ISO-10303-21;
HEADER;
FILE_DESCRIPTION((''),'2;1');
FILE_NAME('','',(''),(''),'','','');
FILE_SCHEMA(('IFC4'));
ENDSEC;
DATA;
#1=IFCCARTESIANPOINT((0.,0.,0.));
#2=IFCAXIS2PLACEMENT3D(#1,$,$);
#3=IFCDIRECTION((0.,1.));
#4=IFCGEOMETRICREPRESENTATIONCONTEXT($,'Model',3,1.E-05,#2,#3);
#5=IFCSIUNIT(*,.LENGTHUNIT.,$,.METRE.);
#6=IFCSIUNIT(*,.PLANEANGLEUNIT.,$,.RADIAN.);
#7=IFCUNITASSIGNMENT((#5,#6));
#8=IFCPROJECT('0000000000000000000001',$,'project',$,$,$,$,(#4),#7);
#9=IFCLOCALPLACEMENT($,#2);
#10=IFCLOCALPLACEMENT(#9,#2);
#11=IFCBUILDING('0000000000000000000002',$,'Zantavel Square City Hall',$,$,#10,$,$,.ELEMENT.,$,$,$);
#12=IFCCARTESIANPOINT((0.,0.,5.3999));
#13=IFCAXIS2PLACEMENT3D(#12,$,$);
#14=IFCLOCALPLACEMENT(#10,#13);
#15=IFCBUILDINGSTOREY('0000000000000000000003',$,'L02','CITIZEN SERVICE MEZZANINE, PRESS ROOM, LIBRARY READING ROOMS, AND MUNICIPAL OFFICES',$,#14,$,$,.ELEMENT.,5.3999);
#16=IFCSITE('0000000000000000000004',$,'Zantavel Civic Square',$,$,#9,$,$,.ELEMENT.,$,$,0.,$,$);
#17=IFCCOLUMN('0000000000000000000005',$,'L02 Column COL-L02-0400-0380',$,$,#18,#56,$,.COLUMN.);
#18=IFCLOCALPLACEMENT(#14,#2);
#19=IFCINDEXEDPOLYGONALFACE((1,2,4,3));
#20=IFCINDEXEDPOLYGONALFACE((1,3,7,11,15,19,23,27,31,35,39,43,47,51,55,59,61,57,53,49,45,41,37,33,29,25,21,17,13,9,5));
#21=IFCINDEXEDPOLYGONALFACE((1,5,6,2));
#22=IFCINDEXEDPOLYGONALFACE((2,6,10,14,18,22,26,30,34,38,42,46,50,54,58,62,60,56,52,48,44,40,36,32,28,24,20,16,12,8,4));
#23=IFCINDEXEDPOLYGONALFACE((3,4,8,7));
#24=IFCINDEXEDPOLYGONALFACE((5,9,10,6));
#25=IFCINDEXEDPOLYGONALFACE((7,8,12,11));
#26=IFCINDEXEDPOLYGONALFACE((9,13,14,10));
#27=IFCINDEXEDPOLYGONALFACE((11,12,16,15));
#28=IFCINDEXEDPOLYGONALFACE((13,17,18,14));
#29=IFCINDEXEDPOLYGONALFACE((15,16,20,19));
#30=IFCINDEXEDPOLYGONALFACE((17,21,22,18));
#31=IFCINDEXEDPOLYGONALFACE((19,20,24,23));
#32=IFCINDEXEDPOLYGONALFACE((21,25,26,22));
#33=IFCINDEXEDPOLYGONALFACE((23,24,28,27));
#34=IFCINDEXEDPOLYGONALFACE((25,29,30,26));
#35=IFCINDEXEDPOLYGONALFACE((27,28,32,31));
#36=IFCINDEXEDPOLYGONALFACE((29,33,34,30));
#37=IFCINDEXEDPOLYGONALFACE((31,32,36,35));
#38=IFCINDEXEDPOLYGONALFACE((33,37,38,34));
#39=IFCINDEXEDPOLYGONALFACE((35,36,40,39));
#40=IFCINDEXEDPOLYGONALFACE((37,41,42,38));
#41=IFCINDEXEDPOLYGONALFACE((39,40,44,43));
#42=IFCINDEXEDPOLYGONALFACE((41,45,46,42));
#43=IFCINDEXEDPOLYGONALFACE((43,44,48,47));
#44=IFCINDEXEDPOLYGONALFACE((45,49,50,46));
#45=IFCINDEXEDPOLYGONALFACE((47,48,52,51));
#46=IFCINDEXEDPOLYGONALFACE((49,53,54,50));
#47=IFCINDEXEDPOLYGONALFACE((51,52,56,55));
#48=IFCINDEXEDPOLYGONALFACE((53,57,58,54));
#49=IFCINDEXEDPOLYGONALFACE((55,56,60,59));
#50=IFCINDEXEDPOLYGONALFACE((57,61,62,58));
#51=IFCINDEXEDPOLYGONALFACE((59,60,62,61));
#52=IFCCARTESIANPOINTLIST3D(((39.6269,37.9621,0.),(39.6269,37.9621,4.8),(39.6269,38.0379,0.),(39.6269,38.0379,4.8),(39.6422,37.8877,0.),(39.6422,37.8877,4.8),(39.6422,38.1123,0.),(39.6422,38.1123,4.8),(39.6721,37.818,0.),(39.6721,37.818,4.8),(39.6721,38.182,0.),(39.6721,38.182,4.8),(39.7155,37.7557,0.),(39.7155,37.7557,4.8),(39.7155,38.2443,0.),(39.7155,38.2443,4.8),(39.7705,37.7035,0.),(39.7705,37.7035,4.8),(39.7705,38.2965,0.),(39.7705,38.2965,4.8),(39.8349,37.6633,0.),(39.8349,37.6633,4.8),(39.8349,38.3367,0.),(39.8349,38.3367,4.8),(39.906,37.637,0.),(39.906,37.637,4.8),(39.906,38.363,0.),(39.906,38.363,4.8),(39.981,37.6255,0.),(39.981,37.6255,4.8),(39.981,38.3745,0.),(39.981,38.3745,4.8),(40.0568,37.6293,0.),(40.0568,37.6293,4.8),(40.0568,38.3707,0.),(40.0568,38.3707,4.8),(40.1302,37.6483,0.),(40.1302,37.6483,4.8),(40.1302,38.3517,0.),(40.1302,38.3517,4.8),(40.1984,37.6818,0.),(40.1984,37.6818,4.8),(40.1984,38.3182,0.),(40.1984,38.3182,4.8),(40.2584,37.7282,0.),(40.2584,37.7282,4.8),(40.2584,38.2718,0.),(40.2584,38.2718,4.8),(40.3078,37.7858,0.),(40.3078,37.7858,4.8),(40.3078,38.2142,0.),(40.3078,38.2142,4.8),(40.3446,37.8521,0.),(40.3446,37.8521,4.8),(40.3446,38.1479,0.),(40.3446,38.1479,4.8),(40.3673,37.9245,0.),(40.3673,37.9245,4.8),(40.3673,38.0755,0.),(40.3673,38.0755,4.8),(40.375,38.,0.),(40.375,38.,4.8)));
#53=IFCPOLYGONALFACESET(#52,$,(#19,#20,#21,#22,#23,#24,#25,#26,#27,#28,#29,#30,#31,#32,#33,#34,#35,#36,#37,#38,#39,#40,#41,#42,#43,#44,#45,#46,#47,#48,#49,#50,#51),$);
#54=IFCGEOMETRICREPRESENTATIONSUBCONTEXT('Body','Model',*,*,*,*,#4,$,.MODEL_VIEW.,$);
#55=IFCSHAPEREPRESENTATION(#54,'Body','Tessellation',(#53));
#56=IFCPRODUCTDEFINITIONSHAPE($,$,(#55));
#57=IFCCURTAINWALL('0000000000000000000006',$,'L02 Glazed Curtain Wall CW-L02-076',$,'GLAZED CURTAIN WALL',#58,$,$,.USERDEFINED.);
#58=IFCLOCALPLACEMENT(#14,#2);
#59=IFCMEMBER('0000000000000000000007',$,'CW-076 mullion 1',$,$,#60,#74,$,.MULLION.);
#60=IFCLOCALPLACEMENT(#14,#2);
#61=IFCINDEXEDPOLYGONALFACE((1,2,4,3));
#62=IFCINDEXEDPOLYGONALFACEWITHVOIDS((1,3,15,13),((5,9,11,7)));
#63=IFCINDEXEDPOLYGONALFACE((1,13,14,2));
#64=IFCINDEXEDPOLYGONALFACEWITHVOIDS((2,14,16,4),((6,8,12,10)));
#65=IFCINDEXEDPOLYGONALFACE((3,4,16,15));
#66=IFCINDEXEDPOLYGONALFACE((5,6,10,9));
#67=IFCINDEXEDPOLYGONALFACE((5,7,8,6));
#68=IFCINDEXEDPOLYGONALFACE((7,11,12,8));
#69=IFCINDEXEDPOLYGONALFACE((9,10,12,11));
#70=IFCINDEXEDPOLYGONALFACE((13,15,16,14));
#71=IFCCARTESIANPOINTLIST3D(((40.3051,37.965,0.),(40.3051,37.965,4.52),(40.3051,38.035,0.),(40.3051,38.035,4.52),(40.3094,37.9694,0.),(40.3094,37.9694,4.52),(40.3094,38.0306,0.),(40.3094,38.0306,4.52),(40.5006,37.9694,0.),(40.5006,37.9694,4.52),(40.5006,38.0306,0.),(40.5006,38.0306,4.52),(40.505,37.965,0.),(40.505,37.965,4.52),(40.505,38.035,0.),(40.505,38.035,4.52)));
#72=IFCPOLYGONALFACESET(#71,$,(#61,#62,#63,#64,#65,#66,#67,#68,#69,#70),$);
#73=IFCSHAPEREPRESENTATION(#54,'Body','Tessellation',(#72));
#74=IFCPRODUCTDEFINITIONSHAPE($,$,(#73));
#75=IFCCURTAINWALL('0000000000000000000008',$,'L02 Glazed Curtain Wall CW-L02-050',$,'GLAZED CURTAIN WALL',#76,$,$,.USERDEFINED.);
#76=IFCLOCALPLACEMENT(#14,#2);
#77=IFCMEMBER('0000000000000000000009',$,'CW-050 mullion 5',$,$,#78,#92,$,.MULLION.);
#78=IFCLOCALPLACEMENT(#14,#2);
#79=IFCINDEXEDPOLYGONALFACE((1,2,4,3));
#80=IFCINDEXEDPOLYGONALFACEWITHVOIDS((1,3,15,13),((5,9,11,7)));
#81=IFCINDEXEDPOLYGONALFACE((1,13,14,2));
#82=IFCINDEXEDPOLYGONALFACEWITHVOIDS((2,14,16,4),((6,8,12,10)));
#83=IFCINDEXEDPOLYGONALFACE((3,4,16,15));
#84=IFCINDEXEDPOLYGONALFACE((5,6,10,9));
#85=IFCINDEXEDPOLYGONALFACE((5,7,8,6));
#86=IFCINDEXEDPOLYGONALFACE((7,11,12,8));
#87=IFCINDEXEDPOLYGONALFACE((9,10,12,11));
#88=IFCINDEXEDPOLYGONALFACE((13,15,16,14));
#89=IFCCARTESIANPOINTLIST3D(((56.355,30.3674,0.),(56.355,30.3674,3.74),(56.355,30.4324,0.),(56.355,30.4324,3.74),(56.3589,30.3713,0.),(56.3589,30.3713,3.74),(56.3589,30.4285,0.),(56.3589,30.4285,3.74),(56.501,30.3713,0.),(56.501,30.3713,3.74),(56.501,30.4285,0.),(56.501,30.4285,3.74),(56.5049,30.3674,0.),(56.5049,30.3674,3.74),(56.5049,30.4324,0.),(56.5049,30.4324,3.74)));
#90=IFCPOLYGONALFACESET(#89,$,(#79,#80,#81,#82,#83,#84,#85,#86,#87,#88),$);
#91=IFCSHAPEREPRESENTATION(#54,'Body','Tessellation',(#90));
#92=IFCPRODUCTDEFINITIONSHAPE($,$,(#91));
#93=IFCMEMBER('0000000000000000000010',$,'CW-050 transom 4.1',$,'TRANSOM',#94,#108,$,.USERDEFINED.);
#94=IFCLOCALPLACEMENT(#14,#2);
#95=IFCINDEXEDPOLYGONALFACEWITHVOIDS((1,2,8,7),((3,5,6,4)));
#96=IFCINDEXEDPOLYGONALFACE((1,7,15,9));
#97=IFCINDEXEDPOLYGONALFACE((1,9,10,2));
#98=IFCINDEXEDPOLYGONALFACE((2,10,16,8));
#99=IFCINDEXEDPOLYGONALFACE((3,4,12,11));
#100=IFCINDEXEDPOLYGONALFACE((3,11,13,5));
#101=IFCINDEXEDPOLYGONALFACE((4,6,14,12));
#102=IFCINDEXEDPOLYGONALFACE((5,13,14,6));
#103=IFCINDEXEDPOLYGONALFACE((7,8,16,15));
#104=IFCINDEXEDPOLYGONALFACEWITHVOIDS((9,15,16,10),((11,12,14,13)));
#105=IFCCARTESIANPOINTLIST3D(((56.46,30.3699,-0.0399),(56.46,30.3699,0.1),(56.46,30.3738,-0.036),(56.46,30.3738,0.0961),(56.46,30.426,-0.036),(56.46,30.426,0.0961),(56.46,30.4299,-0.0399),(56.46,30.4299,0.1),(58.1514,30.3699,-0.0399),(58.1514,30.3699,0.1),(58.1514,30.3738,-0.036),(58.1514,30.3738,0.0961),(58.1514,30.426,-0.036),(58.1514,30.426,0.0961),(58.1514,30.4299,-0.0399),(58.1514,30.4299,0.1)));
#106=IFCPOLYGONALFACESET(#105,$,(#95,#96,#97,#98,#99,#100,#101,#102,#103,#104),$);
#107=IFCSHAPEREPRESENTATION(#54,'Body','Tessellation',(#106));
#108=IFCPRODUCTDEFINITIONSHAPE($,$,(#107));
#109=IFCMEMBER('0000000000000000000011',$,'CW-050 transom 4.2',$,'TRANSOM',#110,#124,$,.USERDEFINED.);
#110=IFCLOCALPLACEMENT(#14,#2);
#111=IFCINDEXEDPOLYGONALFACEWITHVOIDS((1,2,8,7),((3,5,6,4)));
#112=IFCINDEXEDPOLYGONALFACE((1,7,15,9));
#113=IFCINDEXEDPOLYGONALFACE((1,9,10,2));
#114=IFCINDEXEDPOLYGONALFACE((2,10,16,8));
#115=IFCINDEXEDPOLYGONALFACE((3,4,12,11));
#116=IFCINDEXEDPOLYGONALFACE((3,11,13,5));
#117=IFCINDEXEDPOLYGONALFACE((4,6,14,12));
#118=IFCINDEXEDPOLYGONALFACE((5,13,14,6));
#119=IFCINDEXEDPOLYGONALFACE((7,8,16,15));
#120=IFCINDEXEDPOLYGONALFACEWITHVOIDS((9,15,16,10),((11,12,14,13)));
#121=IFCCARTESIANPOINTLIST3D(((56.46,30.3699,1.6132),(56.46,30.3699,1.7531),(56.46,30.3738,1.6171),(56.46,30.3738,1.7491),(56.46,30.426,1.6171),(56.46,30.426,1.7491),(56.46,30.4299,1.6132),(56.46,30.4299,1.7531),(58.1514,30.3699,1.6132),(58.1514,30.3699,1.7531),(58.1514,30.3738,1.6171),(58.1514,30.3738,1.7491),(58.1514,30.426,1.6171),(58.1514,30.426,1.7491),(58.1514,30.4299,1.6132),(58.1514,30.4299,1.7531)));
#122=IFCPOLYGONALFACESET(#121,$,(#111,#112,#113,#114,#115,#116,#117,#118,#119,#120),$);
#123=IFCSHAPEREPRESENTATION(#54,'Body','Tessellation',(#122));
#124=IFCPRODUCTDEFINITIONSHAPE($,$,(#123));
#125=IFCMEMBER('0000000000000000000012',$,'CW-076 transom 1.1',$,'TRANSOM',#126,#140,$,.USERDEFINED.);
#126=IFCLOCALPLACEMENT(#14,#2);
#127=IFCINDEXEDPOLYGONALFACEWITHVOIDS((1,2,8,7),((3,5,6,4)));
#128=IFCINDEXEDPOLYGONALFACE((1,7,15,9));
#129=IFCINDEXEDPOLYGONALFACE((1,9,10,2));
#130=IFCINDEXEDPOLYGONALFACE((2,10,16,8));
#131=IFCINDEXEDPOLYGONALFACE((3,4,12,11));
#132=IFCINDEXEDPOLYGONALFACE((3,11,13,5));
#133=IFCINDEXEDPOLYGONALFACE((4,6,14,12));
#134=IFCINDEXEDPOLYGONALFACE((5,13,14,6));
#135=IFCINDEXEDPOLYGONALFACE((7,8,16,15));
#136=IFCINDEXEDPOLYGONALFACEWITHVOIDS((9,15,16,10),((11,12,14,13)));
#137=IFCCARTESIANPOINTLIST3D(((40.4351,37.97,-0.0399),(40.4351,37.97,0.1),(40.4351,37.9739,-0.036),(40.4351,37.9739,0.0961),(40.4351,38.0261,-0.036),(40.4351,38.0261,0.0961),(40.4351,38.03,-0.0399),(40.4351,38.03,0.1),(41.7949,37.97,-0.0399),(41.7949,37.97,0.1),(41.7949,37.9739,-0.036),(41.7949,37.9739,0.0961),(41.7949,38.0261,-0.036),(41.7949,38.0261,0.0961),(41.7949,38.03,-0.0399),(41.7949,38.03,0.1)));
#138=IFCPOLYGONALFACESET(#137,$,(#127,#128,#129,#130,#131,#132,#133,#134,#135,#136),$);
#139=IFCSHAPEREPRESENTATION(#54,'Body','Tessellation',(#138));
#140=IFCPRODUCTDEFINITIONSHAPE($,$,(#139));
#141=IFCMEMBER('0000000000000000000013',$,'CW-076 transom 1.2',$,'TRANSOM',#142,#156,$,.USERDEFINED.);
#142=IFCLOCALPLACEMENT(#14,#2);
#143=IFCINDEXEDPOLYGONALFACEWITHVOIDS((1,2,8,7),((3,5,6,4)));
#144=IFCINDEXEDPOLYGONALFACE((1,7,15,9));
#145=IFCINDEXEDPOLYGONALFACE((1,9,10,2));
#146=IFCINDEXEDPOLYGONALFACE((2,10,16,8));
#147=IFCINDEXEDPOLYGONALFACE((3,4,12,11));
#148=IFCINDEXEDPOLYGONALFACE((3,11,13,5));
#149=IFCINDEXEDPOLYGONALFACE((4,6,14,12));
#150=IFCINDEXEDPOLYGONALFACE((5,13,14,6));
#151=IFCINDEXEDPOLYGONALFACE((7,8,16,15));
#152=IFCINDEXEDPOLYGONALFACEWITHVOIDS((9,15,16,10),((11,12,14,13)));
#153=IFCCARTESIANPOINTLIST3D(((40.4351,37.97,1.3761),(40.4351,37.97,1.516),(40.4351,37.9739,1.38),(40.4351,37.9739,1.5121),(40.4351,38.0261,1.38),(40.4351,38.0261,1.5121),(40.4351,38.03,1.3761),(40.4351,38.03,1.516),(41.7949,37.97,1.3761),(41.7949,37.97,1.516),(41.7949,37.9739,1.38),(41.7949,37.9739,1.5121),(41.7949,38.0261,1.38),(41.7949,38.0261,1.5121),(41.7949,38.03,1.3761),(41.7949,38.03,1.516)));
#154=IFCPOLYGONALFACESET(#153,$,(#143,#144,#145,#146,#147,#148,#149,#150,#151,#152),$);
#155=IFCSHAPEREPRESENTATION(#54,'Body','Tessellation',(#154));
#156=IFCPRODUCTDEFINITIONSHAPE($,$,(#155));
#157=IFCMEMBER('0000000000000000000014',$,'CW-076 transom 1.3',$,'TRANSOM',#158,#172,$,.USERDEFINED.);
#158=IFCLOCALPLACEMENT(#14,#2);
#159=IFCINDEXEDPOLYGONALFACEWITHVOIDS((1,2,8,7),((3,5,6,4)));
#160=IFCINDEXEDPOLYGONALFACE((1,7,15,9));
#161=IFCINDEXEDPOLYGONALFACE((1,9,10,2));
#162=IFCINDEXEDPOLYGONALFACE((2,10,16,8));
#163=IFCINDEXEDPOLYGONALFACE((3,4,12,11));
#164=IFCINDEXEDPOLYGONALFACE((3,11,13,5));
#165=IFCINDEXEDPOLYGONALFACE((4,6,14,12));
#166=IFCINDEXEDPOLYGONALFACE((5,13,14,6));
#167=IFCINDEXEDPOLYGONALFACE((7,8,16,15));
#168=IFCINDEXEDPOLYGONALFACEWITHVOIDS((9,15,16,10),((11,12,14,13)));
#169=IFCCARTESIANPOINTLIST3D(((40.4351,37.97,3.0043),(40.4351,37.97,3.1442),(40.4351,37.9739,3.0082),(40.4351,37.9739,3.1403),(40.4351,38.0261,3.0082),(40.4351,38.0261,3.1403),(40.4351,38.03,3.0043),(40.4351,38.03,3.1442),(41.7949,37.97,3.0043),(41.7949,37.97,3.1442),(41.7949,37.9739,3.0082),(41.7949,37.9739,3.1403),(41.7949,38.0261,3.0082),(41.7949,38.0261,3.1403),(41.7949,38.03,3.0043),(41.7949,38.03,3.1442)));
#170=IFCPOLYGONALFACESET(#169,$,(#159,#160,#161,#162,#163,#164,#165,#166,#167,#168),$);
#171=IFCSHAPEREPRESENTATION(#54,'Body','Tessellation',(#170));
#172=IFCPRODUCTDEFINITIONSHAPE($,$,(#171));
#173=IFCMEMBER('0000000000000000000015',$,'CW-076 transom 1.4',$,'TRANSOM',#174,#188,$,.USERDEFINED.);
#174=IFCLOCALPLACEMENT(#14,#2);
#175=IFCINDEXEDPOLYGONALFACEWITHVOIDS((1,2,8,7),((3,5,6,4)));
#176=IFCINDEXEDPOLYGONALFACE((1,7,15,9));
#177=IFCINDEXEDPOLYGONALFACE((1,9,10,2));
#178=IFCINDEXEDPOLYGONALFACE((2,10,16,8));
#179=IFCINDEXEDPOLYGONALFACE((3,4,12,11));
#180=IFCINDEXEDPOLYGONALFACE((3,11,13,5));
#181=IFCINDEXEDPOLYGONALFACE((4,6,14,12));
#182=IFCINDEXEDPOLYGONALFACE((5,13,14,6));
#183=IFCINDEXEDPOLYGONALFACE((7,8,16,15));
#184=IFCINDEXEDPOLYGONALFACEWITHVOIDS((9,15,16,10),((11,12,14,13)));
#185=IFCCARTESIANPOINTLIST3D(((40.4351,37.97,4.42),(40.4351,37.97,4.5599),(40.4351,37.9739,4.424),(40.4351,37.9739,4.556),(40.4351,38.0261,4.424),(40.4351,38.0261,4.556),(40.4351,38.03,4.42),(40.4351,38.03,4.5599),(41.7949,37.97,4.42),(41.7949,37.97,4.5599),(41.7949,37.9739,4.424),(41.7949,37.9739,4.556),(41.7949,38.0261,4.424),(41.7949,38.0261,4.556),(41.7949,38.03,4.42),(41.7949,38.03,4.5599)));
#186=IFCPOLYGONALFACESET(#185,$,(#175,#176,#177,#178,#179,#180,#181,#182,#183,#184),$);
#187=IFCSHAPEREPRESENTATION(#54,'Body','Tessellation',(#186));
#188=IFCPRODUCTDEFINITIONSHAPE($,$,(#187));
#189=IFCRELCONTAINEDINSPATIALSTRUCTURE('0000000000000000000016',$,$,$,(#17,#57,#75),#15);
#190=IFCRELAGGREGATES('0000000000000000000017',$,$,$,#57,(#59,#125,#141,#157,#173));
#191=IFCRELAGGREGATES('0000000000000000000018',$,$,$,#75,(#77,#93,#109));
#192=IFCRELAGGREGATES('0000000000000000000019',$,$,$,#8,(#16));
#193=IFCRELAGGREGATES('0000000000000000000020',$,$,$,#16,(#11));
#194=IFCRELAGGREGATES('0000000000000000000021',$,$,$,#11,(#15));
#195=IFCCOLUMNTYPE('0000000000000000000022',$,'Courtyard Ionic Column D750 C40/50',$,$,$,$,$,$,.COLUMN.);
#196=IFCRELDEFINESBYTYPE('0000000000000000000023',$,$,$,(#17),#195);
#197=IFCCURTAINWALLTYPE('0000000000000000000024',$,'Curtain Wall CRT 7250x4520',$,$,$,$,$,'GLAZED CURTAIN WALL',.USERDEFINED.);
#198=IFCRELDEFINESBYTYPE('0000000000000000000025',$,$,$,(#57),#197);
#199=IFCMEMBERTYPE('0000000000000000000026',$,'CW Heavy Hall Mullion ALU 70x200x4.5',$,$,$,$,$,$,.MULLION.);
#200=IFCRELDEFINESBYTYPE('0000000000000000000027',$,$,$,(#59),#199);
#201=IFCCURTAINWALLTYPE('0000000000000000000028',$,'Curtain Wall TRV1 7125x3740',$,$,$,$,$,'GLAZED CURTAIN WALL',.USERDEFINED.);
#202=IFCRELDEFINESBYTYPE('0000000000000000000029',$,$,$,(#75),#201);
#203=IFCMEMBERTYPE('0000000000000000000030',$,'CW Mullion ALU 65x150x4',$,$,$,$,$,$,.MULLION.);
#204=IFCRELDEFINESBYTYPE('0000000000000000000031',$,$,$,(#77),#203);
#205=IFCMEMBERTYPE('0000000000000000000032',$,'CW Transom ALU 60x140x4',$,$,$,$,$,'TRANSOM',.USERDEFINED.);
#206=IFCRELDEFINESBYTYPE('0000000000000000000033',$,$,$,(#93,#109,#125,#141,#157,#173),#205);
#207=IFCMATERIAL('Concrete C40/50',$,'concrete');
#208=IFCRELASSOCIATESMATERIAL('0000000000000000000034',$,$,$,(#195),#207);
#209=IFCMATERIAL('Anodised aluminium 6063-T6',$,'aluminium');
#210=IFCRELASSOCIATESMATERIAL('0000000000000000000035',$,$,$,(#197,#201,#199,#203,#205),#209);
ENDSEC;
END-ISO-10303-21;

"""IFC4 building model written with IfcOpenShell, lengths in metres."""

from ifc_helpers import new_model, si_unit, direction, frame, origin, origin_2d, place, context, subcontext, project, spatial, hollow_rectangle, circle, extrude, material, material_profile, profile_set, type_object, element, aggregate, save


model = new_model("IFC4")

# Units and contexts
model_context = context("Model", 3, precision=1e-05, world=origin(), true_north=direction((0.0, 1.0)))
body_context = subcontext(model_context, "Body", "Model", "MODEL_VIEW")
ifc_project = project(units=[si_unit("LENGTHUNIT", "METRE"), si_unit("PLANEANGLEUNIT", "RADIAN")], contexts=[model_context])

# Site, building, storey
site_placement = place(None, origin())
site = spatial("IfcSite", under=ifc_project, at=site_placement, Name="Zantavel Civic Square", CompositionType="ELEMENT", RefElevation=0.0)
building_placement = place(site_placement, origin())
building = spatial("IfcBuilding", under=site, at=building_placement, Name="Zantavel Square City Hall", CompositionType="ELEMENT")
storey_placement = place(building_placement, frame((0.0, 0.0, 5.3999)))
storey = spatial("IfcBuildingStorey", under=building, at=storey_placement, Name="L02", Description="CITIZEN SERVICE MEZZANINE, PRESS ROOM, LIBRARY READING ROOMS, AND MUNICIPAL OFFICES", CompositionType="ELEMENT", Elevation=5.3999)

# Column
ifc_material_1 = material(Name="Concrete C40/50", Category="concrete")
ifc_material_profile_1 = material_profile(ifc_material_1, circle(Radius=0.375, at=origin_2d()), Name="ROUND D750")
ifc_profile_set_1 = profile_set([ifc_material_profile_1], Name="Concrete C40/50")
column_type = type_object("IfcColumnType", Name="Courtyard Ionic Column D750 C40/50", PredefinedType="COLUMN", material=ifc_profile_set_1)
column_placement = place(storey_placement, frame((40.0, 38.0, 0.0), z_axis=(0.0, 0.0, 1.0), x_axis=(1.0, 0.0, 0.0)))
element("IfcColumn", 1, at=column_placement, inside=storey, type_object=column_type, Name="L02 Column COL-L02-0400-0380", PredefinedType="COLUMN", context=body_context, shape_type="SweptSolid", body=[
    extrude(circle(Radius=0.375, at=origin_2d()), origin(), (0.0, 0.0, 1.0), 4.8),
])

# Curtain wall, member
ifc_material_2 = material(Name="Anodised aluminium 6063-T6", Category="aluminium")
curtain_wall_type_1 = type_object("IfcCurtainWallType", Name="Curtain Wall CRT 7250x4520", ElementType="GLAZED CURTAIN WALL", PredefinedType="USERDEFINED", material=ifc_material_2)
curtain_wall_1_placement = place(storey_placement, origin())
curtain_wall_1 = element("IfcCurtainWall", 2, at=curtain_wall_1_placement, inside=storey, type_object=curtain_wall_type_1, Name="L02 Glazed Curtain Wall CW-L02-076", ObjectType="GLAZED CURTAIN WALL", PredefinedType="USERDEFINED")
ifc_material_profile_2 = material_profile(ifc_material_2, hollow_rectangle(XDim=0.0701, YDim=0.2, WallThickness=0.0044, at=origin_2d()), Name="ALU 70x200x4.5")
ifc_profile_set_2 = profile_set([ifc_material_profile_2], Name="Anodised aluminium 6063-T6")
member_type_1 = type_object("IfcMemberType", Name="CW Heavy Hall Mullion ALU 70x200x4.5", PredefinedType="MULLION", material=ifc_profile_set_2)
member_1_placement = place(storey_placement, frame((40.405, 38.0, 0.0), z_axis=(0.0, 0.0, 1.0), x_axis=(0.0, 1.0, 0.0)))
member_1 = element("IfcMember", 3, at=member_1_placement, type_object=member_type_1, Name="CW-076 mullion 1", PredefinedType="MULLION", context=body_context, shape_type="SweptSolid", body=[
    extrude(hollow_rectangle(XDim=0.0701, YDim=0.2, WallThickness=0.0044, at=origin_2d()), origin(), (0.0, 0.0, 1.0), 4.52),
])

# Curtain wall, members
curtain_wall_type_2 = type_object("IfcCurtainWallType", Name="Curtain Wall TRV1 7125x3740", ElementType="GLAZED CURTAIN WALL", PredefinedType="USERDEFINED", material=ifc_material_2)
curtain_wall_2_placement = place(storey_placement, origin())
curtain_wall_2 = element("IfcCurtainWall", 4, at=curtain_wall_2_placement, inside=storey, type_object=curtain_wall_type_2, Name="L02 Glazed Curtain Wall CW-L02-050", ObjectType="GLAZED CURTAIN WALL", PredefinedType="USERDEFINED")
ifc_material_profile_3 = material_profile(ifc_material_2, hollow_rectangle(XDim=0.0649, YDim=0.1499, WallThickness=0.0039, at=origin_2d()), Name="ALU 65x150x4")
ifc_profile_set_3 = profile_set([ifc_material_profile_3], Name="Anodised aluminium 6063-T6")
member_type_2 = type_object("IfcMemberType", Name="CW Mullion ALU 65x150x4", PredefinedType="MULLION", material=ifc_profile_set_3)
member_2_placement = place(storey_placement, frame((56.4299, 30.3999, 0.0), z_axis=(0.0, 0.0, 1.0), x_axis=(0.0, -1.0, 0.0)))
member_2 = element("IfcMember", 5, at=member_2_placement, type_object=member_type_2, Name="CW-050 mullion 5", PredefinedType="MULLION", context=body_context, shape_type="SweptSolid", body=[
    extrude(hollow_rectangle(XDim=0.0649, YDim=0.1499, WallThickness=0.0039, at=origin_2d()), origin(), (0.0, 0.0, 1.0), 3.74),
])
ifc_material_profile_4 = material_profile(ifc_material_2, hollow_rectangle(XDim=0.0601, YDim=0.1399, WallThickness=0.0039, at=origin_2d()), Name="ALU 60x140x4")
ifc_profile_set_4 = profile_set([ifc_material_profile_4], Name="Anodised aluminium 6063-T6")
member_type_3 = type_object("IfcMemberType", Name="CW Transom ALU 60x140x4", ElementType="TRANSOM", PredefinedType="USERDEFINED", material=ifc_profile_set_4)
member_3_placement = place(storey_placement, frame((58.1514, 30.3999, 0.03), z_axis=(-1.0, 0.0, 0.0), x_axis=(0.0, -1.0, 0.0)))
member_3 = element("IfcMember", 6, at=member_3_placement, type_object=member_type_3, Name="CW-050 transom 4.1", ObjectType="TRANSOM", PredefinedType="USERDEFINED", context=body_context, shape_type="SweptSolid", body=[
    extrude(hollow_rectangle(XDim=0.0601, YDim=0.1399, WallThickness=0.0039, at=origin_2d()), origin(), (0.0, 0.0, 1.0), 1.6914),
])
member_4_placement = place(storey_placement, frame((58.1514, 30.3999, 1.6831), z_axis=(-1.0, 0.0, 0.0), x_axis=(0.0, -1.0, 0.0)))
member_4 = element("IfcMember", 7, at=member_4_placement, type_object=member_type_3, Name="CW-050 transom 4.2", ObjectType="TRANSOM", PredefinedType="USERDEFINED", context=body_context, shape_type="SweptSolid", body=[
    extrude(hollow_rectangle(XDim=0.0601, YDim=0.1399, WallThickness=0.0039, at=origin_2d()), origin(), (0.0, 0.0, 1.0), 1.6914),
])

# Members
member_5_placement = place(storey_placement, frame((40.4351, 38.0, 0.03), z_axis=(1.0, 0.0, 0.0), x_axis=(0.0, 1.0, 0.0)))
member_5 = element("IfcMember", 8, at=member_5_placement, type_object=member_type_3, Name="CW-076 transom 1.1", ObjectType="TRANSOM", PredefinedType="USERDEFINED", context=body_context, shape_type="SweptSolid", body=[
    extrude(hollow_rectangle(XDim=0.0601, YDim=0.1399, WallThickness=0.0039, at=origin_2d()), origin(), (0.0, 0.0, 1.0), 1.3599),
])
member_6_placement = place(storey_placement, frame((40.4351, 38.0, 1.446), z_axis=(1.0, 0.0, 0.0), x_axis=(0.0, 1.0, 0.0)))
member_6 = element("IfcMember", 9, at=member_6_placement, type_object=member_type_3, Name="CW-076 transom 1.2", ObjectType="TRANSOM", PredefinedType="USERDEFINED", context=body_context, shape_type="SweptSolid", body=[
    extrude(hollow_rectangle(XDim=0.0601, YDim=0.1399, WallThickness=0.0039, at=origin_2d()), origin(), (0.0, 0.0, 1.0), 1.3599),
])
member_7_placement = place(storey_placement, frame((40.4351, 38.0, 3.0742), z_axis=(1.0, 0.0, 0.0), x_axis=(0.0, 1.0, 0.0)))
member_7 = element("IfcMember", 10, at=member_7_placement, type_object=member_type_3, Name="CW-076 transom 1.3", ObjectType="TRANSOM", PredefinedType="USERDEFINED", context=body_context, shape_type="SweptSolid", body=[
    extrude(hollow_rectangle(XDim=0.0601, YDim=0.1399, WallThickness=0.0039, at=origin_2d()), origin(), (0.0, 0.0, 1.0), 1.3599),
])
member_8_placement = place(storey_placement, frame((40.4351, 38.0, 4.49), z_axis=(1.0, 0.0, 0.0), x_axis=(0.0, 1.0, 0.0)))
member_8 = element("IfcMember", 11, at=member_8_placement, type_object=member_type_3, Name="CW-076 transom 1.4", ObjectType="TRANSOM", PredefinedType="USERDEFINED", context=body_context, shape_type="SweptSolid", body=[
    extrude(hollow_rectangle(XDim=0.0601, YDim=0.1399, WallThickness=0.0039, at=origin_2d()), origin(), (0.0, 0.0, 1.0), 1.3599),
])

aggregate(curtain_wall_1, [member_1, member_5, member_6, member_7, member_8])
aggregate(curtain_wall_2, [member_2, member_3, member_4])

save(model, "model.ifc")
